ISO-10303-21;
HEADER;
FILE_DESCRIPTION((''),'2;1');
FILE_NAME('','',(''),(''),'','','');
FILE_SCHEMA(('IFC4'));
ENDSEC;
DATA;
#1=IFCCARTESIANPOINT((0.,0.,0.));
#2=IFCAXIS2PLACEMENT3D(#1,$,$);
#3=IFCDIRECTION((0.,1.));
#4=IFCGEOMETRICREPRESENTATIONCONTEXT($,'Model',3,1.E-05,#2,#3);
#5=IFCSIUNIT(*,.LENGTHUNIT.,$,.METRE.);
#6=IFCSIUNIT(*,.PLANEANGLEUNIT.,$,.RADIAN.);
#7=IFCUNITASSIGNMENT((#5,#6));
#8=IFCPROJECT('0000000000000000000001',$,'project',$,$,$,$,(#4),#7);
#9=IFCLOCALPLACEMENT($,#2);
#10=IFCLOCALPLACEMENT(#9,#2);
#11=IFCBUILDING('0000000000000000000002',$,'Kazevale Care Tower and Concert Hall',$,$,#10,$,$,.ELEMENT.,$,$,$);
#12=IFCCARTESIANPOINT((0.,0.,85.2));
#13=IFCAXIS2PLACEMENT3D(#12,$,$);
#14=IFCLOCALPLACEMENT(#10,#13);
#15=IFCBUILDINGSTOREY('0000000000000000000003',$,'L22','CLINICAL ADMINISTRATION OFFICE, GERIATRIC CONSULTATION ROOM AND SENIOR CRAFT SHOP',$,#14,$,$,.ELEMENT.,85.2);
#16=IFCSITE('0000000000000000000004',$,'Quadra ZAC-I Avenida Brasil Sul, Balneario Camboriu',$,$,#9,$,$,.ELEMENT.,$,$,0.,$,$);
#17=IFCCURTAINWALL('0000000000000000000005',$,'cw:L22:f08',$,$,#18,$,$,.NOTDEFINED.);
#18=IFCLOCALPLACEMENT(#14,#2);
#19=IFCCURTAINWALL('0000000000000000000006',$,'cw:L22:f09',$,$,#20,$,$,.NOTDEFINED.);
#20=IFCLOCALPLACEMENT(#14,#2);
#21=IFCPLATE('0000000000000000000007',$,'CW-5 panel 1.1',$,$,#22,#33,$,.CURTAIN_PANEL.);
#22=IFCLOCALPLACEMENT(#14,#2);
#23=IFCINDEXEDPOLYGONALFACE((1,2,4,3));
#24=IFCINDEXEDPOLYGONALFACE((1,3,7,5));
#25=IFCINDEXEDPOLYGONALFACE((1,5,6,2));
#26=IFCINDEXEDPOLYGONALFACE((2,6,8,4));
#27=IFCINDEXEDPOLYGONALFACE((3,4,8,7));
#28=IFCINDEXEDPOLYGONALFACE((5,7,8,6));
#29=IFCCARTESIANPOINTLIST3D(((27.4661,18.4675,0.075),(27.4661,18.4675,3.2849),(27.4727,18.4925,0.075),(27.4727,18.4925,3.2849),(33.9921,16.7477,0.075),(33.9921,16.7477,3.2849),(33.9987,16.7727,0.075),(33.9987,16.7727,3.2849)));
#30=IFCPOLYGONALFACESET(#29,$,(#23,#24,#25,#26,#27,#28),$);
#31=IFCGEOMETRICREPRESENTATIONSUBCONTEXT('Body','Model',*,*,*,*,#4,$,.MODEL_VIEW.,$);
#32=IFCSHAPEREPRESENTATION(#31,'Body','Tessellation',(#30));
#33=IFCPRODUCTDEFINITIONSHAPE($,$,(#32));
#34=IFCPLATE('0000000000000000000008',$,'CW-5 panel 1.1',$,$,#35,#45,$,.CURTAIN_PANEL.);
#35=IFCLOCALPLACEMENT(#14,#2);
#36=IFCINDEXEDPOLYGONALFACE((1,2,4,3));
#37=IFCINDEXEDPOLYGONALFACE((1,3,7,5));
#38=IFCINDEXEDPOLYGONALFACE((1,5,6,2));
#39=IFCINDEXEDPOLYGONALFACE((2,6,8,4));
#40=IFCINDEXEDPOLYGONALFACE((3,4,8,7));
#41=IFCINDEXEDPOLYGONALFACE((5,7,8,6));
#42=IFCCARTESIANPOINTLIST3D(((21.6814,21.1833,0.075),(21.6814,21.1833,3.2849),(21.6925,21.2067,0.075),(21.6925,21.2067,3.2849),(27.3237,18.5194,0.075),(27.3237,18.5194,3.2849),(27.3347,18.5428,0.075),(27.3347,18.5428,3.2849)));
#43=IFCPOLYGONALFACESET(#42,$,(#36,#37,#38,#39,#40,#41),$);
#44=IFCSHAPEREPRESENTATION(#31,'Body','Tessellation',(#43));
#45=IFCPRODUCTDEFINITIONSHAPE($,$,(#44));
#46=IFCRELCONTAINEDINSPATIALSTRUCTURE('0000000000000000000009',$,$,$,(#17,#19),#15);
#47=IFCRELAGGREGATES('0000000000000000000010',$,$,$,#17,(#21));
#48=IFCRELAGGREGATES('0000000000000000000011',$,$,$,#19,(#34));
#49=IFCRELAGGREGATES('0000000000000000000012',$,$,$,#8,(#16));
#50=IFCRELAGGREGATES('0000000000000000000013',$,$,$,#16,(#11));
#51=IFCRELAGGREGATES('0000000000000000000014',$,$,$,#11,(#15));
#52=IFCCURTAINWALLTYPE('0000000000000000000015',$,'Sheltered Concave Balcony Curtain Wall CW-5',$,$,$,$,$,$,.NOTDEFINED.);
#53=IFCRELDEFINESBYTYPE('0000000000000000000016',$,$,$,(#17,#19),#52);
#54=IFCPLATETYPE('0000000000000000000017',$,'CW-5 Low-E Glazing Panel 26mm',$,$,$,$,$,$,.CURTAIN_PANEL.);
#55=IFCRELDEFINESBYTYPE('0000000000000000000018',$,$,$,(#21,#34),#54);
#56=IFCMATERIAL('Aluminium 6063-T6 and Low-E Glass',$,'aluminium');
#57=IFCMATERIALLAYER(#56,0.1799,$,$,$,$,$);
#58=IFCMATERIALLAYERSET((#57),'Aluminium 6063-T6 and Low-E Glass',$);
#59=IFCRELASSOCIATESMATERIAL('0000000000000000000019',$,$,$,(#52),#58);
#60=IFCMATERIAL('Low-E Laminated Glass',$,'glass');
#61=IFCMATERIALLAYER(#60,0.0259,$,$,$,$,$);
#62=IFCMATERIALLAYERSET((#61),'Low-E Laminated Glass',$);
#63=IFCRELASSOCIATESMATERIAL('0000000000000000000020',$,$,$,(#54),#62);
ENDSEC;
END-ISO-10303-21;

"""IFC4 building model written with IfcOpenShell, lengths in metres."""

from ifc_helpers import new_model, si_unit, direction, frame, origin, origin_2d, place, context, subcontext, project, spatial, rectangle, extrude, material, layer, layer_set, type_object, element, aggregate, save


model = new_model("IFC4")

# Units and contexts
model_context = context("Model", 3, precision=1e-05, world=origin(), true_north=direction((0.0, 1.0)))
body_context = subcontext(model_context, "Body", "Model", "MODEL_VIEW")
ifc_project = project(units=[si_unit("LENGTHUNIT", "METRE"), si_unit("PLANEANGLEUNIT", "RADIAN")], contexts=[model_context])

# Site, building, storey
site_placement = place(None, origin())
site = spatial("IfcSite", under=ifc_project, at=site_placement, Name="Quadra ZAC-I Avenida Brasil Sul, Balneario Camboriu", CompositionType="ELEMENT", RefElevation=0.0)
building_placement = place(site_placement, origin())
building = spatial("IfcBuilding", under=site, at=building_placement, Name="Kazevale Care Tower and Concert Hall", CompositionType="ELEMENT")
storey_placement = place(building_placement, frame((0.0, 0.0, 85.2)))
storey = spatial("IfcBuildingStorey", under=building, at=storey_placement, Name="L22", Description="CLINICAL ADMINISTRATION OFFICE, GERIATRIC CONSULTATION ROOM AND SENIOR CRAFT SHOP", CompositionType="ELEMENT", Elevation=85.2)

# Curtain walls
ifc_material_1 = material(Name="Aluminium 6063-T6 and Low-E Glass", Category="aluminium")
ifc_layer_1 = layer(ifc_material_1, 0.1799)
ifc_layer_set_1 = layer_set([ifc_layer_1], Name="Aluminium 6063-T6 and Low-E Glass")
curtain_wall_type = type_object("IfcCurtainWallType", Name="Sheltered Concave Balcony Curtain Wall CW-5", PredefinedType="NOTDEFINED", material=ifc_layer_set_1)
curtain_wall_1_placement = place(storey_placement, origin())
curtain_wall_1 = element("IfcCurtainWall", 1, at=curtain_wall_1_placement, inside=storey, type_object=curtain_wall_type, Name="cw:L22:f08", PredefinedType="NOTDEFINED")
curtain_wall_2_placement = place(storey_placement, origin())
curtain_wall_2 = element("IfcCurtainWall", 2, at=curtain_wall_2_placement, inside=storey, type_object=curtain_wall_type, Name="cw:L22:f09", PredefinedType="NOTDEFINED")

# Plates
ifc_material_2 = material(Name="Low-E Laminated Glass", Category="glass")
ifc_layer_2 = layer(ifc_material_2, 0.0259)
ifc_layer_set_2 = layer_set([ifc_layer_2], Name="Low-E Laminated Glass")
plate_type = type_object("IfcPlateType", Name="CW-5 Low-E Glazing Panel 26mm", PredefinedType="CURTAIN_PANEL", material=ifc_layer_set_2)
plate_1_placement = place(storey_placement, frame((30.7324, 17.6201, 0.075), z_axis=(0.0, 0.0, 1.0), x_axis=(-0.966986, 0.254829, 0.0)))
plate_1 = element("IfcPlate", 3, at=plate_1_placement, type_object=plate_type, Name="CW-5 panel 1.1", PredefinedType="CURTAIN_PANEL", context=body_context, shape_type="SweptSolid", body=[
    extrude(rectangle(XDim=6.7488, YDim=0.0259, at=origin_2d()), origin(), (0.0, 0.0, 1.0), 3.21),
])
aggregate(curtain_wall_1, [plate_1])
plate_2_placement = place(storey_placement, frame((24.5081, 19.863, 0.075), z_axis=(0.0, 0.0, 1.0), x_axis=(-0.904279, 0.426942, 0.0)))
plate_2 = element("IfcPlate", 4, at=plate_2_placement, type_object=plate_type, Name="CW-5 panel 1.1", PredefinedType="CURTAIN_PANEL", context=body_context, shape_type="SweptSolid", body=[
    extrude(rectangle(XDim=6.2395, YDim=0.0259, at=origin_2d()), origin(), (0.0, 0.0, 1.0), 3.21),
])
aggregate(curtain_wall_2, [plate_2])

save(model, "model.ifc")
